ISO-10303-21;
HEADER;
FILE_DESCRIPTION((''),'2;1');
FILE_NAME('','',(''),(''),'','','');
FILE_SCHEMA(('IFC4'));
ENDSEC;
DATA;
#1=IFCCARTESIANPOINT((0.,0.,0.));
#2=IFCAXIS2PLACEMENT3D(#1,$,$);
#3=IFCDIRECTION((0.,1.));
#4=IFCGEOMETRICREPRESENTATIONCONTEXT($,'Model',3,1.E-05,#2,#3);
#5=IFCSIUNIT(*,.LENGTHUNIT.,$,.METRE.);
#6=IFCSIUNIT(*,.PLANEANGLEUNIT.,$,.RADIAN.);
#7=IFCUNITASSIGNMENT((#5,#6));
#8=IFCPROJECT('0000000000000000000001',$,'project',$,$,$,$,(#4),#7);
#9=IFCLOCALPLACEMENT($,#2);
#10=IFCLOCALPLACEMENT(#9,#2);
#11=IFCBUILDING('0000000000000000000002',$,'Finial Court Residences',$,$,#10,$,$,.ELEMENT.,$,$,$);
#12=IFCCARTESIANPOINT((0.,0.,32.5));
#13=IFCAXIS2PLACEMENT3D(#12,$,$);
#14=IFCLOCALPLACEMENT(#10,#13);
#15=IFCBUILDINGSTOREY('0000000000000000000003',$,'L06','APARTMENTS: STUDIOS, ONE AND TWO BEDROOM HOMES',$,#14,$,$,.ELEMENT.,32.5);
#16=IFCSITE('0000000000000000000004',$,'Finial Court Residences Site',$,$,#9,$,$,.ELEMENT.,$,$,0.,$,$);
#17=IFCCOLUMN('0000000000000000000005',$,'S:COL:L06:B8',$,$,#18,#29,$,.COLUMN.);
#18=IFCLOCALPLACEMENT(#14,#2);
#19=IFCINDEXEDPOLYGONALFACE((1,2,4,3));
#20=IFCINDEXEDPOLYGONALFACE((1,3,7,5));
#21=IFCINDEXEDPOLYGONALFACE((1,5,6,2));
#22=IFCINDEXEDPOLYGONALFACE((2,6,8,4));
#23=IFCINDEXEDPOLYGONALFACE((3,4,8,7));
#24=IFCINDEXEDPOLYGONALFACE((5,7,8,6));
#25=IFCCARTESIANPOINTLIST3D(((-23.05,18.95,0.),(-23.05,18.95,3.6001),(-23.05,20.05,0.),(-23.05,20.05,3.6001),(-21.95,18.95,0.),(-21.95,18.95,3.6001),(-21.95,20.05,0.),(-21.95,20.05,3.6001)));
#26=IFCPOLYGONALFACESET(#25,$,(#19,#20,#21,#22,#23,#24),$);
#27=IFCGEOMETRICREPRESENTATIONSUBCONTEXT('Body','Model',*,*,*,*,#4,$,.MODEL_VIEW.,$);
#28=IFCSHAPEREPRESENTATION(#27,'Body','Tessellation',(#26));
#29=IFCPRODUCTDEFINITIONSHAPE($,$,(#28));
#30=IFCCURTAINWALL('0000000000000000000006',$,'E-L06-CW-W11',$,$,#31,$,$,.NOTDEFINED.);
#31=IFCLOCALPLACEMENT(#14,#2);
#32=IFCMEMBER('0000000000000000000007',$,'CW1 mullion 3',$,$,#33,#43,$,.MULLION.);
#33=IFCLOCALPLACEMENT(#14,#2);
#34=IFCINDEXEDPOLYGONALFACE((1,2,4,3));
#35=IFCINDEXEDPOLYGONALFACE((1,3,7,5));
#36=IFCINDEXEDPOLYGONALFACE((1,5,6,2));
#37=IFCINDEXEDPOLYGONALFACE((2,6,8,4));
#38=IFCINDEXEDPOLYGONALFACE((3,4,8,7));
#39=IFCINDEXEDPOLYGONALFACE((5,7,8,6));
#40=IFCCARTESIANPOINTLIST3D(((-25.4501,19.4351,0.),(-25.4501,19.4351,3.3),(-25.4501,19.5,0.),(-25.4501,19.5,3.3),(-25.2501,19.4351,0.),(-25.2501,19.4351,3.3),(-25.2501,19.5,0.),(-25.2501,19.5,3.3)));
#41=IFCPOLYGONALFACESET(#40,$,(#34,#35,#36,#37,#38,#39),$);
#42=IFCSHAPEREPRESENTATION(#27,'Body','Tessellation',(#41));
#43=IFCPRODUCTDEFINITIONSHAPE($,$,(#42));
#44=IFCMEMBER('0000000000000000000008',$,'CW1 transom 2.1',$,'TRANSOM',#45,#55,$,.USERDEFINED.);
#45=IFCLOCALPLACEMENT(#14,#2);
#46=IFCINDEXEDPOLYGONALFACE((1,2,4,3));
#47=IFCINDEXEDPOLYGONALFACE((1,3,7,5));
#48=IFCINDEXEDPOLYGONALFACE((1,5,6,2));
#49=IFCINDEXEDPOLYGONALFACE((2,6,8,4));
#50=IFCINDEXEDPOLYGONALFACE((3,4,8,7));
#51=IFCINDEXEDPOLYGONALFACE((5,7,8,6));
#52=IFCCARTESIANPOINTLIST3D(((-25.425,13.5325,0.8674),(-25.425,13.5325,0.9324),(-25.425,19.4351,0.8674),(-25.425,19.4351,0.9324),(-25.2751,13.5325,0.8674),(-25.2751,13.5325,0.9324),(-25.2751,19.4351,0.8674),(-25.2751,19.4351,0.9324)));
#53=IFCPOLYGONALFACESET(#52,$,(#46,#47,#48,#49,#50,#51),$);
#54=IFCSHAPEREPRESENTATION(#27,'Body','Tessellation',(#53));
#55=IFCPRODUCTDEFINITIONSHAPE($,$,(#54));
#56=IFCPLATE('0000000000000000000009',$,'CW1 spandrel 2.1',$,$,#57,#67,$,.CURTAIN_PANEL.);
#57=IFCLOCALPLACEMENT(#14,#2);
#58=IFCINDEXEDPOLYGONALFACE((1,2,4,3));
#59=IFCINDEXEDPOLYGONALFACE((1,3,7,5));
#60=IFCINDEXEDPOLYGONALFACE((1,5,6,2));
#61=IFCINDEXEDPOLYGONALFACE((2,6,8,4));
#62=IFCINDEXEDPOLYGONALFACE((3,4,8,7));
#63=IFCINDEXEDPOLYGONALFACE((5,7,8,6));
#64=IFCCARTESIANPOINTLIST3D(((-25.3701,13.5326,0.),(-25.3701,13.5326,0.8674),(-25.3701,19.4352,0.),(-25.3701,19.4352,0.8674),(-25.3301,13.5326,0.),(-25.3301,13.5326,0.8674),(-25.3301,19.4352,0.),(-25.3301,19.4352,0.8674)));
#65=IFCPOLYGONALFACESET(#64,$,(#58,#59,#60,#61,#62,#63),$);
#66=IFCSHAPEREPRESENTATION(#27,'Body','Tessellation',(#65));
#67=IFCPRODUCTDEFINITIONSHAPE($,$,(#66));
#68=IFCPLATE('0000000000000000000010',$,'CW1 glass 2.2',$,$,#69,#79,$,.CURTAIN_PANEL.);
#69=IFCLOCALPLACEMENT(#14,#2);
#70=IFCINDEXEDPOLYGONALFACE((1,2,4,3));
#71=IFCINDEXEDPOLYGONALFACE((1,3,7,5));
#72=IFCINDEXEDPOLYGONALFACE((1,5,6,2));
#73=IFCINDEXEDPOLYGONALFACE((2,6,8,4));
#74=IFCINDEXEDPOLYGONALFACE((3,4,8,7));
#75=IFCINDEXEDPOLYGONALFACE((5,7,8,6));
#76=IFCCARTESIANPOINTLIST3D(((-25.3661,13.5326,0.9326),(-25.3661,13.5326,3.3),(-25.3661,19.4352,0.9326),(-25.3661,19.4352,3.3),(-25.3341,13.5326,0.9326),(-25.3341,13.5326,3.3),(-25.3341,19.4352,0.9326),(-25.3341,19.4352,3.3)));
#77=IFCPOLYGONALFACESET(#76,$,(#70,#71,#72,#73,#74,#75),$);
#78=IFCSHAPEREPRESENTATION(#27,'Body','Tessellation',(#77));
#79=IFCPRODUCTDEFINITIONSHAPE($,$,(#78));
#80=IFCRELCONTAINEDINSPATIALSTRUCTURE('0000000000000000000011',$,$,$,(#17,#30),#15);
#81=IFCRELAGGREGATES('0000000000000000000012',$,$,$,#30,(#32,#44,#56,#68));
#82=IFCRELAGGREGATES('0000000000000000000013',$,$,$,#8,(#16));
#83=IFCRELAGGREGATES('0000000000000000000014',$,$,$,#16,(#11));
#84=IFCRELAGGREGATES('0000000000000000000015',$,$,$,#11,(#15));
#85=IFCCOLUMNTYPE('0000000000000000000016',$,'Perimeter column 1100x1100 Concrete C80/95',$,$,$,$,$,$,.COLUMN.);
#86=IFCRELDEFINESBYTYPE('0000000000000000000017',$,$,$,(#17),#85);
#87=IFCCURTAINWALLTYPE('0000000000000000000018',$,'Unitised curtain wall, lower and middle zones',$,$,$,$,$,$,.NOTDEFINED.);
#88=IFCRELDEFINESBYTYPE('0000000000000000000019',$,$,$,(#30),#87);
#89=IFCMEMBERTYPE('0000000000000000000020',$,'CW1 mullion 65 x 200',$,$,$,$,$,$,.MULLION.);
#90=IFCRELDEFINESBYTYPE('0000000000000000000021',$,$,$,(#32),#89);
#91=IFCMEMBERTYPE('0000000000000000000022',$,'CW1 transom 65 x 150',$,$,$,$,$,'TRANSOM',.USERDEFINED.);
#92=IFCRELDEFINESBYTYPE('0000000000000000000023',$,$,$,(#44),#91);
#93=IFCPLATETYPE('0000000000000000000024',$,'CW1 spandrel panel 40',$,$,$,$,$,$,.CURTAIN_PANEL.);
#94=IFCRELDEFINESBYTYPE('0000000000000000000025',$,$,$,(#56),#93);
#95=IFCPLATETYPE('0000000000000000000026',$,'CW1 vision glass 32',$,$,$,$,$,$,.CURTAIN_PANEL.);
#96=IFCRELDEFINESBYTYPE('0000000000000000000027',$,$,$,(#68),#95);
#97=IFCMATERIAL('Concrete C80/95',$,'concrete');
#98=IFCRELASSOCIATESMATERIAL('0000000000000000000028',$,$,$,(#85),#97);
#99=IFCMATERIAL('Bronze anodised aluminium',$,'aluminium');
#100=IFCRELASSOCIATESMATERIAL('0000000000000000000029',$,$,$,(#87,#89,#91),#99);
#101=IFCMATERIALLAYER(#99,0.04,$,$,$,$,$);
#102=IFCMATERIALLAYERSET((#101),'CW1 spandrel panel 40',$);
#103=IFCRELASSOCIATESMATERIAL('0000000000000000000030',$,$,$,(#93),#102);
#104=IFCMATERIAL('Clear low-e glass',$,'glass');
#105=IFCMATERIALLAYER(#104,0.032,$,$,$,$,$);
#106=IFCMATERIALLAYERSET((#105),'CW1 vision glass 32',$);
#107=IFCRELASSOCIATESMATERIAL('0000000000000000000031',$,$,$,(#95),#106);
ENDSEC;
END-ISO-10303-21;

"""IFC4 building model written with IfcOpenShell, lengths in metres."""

from ifc_helpers import new_model, si_unit, direction, frame, origin, origin_2d, place, context, subcontext, project, spatial, rectangle, extrude, material, layer, layer_set, material_profile, profile_set, type_object, element, aggregate, save


model = new_model("IFC4")

# Units and contexts
model_context = context("Model", 3, precision=1e-05, world=origin(), true_north=direction((0.0, 1.0)))
body_context = subcontext(model_context, "Body", "Model", "MODEL_VIEW")
ifc_project = project(units=[si_unit("LENGTHUNIT", "METRE"), si_unit("PLANEANGLEUNIT", "RADIAN")], contexts=[model_context])

# Site, building, storey
site_placement = place(None, origin())
site = spatial("IfcSite", under=ifc_project, at=site_placement, Name="Finial Court Residences Site", CompositionType="ELEMENT", RefElevation=0.0)
building_placement = place(site_placement, origin())
building = spatial("IfcBuilding", under=site, at=building_placement, Name="Finial Court Residences", CompositionType="ELEMENT")
storey_placement = place(building_placement, frame((0.0, 0.0, 32.5)))
storey = spatial("IfcBuildingStorey", under=building, at=storey_placement, Name="L06", Description="APARTMENTS: STUDIOS, ONE AND TWO BEDROOM HOMES", CompositionType="ELEMENT", Elevation=32.5)

# Column
ifc_material_1 = material(Name="Concrete C80/95", Category="concrete")
ifc_material_profile_1 = material_profile(ifc_material_1, rectangle(XDim=1.1001, YDim=1.1001, at=origin_2d()), Name="1100x1100")
ifc_profile_set_1 = profile_set([ifc_material_profile_1], Name="Concrete C80/95")
column_type = type_object("IfcColumnType", Name="Perimeter column 1100x1100 Concrete C80/95", PredefinedType="COLUMN", material=ifc_profile_set_1)
column_placement = place(storey_placement, frame((-22.5, 19.5, 0.0), z_axis=(0.0, 0.0, 1.0), x_axis=(1.0, 0.0, 0.0)))
element("IfcColumn", 1, at=column_placement, inside=storey, type_object=column_type, Name="S:COL:L06:B8", PredefinedType="COLUMN", context=body_context, shape_type="SweptSolid", body=[
    extrude(rectangle(XDim=1.1001, YDim=1.1001, at=origin_2d()), origin(), (0.0, 0.0, 1.0), 3.6001),
])

# Curtain wall, members, plates
ifc_material_2 = material(Name="Bronze anodised aluminium", Category="aluminium")
curtain_wall_type = type_object("IfcCurtainWallType", Name="Unitised curtain wall, lower and middle zones", PredefinedType="NOTDEFINED", material=ifc_material_2)
curtain_wall_placement = place(storey_placement, origin())
curtain_wall = element("IfcCurtainWall", 2, at=curtain_wall_placement, inside=storey, type_object=curtain_wall_type, Name="E-L06-CW-W11", PredefinedType="NOTDEFINED")
ifc_material_profile_2 = material_profile(ifc_material_2, rectangle(XDim=0.2, YDim=0.0649, at=origin_2d()), Name="CW1 mullion 65 x 200")
ifc_profile_set_2 = profile_set([ifc_material_profile_2], Name="Bronze anodised aluminium")
member_type_1 = type_object("IfcMemberType", Name="CW1 mullion 65 x 200", PredefinedType="MULLION", material=ifc_profile_set_2)
member_1_placement = place(storey_placement, frame((-25.3501, 19.4675, 0.0), z_axis=(0.0, 0.0, 1.0), x_axis=(-1.0, 0.0, 0.0)))
member_1 = element("IfcMember", 3, at=member_1_placement, type_object=member_type_1, Name="CW1 mullion 3", PredefinedType="MULLION", context=body_context, shape_type="SweptSolid", body=[
    extrude(rectangle(XDim=0.2, YDim=0.0649, at=origin_2d()), origin(), (0.0, 0.0, 1.0), 3.3),
])
ifc_material_profile_3 = material_profile(ifc_material_2, rectangle(XDim=0.1499, YDim=0.0649, at=origin_2d()), Name="CW1 transom 65 x 150")
ifc_profile_set_3 = profile_set([ifc_material_profile_3], Name="Bronze anodised aluminium")
member_type_2 = type_object("IfcMemberType", Name="CW1 transom 65 x 150", ElementType="TRANSOM", PredefinedType="USERDEFINED", material=ifc_profile_set_3)
member_2_placement = place(storey_placement, frame((-25.3501, 13.5325, 0.8999), z_axis=(0.0, 1.0, 0.0), x_axis=(-1.0, 0.0, 0.0)))
member_2 = element("IfcMember", 4, at=member_2_placement, type_object=member_type_2, Name="CW1 transom 2.1", ObjectType="TRANSOM", PredefinedType="USERDEFINED", context=body_context, shape_type="SweptSolid", body=[
    extrude(rectangle(XDim=0.1499, YDim=0.0649, at=origin_2d()), origin(), (0.0, 0.0, 1.0), 5.9026),
])
ifc_layer_1 = layer(ifc_material_2, 0.04)
ifc_layer_set_1 = layer_set([ifc_layer_1], Name="CW1 spandrel panel 40")
plate_type_1 = type_object("IfcPlateType", Name="CW1 spandrel panel 40", PredefinedType="CURTAIN_PANEL", material=ifc_layer_set_1)
plate_1_placement = place(storey_placement, frame((-25.3501, 16.4839, 0.0), z_axis=(0.0, 0.0, 1.0), x_axis=(0.0, 1.0, 0.0)))
plate_1 = element("IfcPlate", 5, at=plate_1_placement, type_object=plate_type_1, Name="CW1 spandrel 2.1", PredefinedType="CURTAIN_PANEL", context=body_context, shape_type="SweptSolid", body=[
    extrude(rectangle(XDim=5.9026, YDim=0.04, at=origin_2d()), origin(), (0.0, 0.0, 1.0), 0.8674),
])
ifc_material_3 = material(Name="Clear low-e glass", Category="glass")
ifc_layer_2 = layer(ifc_material_3, 0.032)
ifc_layer_set_2 = layer_set([ifc_layer_2], Name="CW1 vision glass 32")
plate_type_2 = type_object("IfcPlateType", Name="CW1 vision glass 32", PredefinedType="CURTAIN_PANEL", material=ifc_layer_set_2)
plate_2_placement = place(storey_placement, frame((-25.3501, 16.4839, 0.9326), z_axis=(0.0, 0.0, 1.0), x_axis=(0.0, 1.0, 0.0)))
plate_2 = element("IfcPlate", 6, at=plate_2_placement, type_object=plate_type_2, Name="CW1 glass 2.2", PredefinedType="CURTAIN_PANEL", context=body_context, shape_type="SweptSolid", body=[
    extrude(rectangle(XDim=5.9026, YDim=0.032, at=origin_2d()), origin(), (0.0, 0.0, 1.0), 2.3674),
])
aggregate(curtain_wall, [member_1, member_2, plate_1, plate_2])

save(model, "model.ifc")
